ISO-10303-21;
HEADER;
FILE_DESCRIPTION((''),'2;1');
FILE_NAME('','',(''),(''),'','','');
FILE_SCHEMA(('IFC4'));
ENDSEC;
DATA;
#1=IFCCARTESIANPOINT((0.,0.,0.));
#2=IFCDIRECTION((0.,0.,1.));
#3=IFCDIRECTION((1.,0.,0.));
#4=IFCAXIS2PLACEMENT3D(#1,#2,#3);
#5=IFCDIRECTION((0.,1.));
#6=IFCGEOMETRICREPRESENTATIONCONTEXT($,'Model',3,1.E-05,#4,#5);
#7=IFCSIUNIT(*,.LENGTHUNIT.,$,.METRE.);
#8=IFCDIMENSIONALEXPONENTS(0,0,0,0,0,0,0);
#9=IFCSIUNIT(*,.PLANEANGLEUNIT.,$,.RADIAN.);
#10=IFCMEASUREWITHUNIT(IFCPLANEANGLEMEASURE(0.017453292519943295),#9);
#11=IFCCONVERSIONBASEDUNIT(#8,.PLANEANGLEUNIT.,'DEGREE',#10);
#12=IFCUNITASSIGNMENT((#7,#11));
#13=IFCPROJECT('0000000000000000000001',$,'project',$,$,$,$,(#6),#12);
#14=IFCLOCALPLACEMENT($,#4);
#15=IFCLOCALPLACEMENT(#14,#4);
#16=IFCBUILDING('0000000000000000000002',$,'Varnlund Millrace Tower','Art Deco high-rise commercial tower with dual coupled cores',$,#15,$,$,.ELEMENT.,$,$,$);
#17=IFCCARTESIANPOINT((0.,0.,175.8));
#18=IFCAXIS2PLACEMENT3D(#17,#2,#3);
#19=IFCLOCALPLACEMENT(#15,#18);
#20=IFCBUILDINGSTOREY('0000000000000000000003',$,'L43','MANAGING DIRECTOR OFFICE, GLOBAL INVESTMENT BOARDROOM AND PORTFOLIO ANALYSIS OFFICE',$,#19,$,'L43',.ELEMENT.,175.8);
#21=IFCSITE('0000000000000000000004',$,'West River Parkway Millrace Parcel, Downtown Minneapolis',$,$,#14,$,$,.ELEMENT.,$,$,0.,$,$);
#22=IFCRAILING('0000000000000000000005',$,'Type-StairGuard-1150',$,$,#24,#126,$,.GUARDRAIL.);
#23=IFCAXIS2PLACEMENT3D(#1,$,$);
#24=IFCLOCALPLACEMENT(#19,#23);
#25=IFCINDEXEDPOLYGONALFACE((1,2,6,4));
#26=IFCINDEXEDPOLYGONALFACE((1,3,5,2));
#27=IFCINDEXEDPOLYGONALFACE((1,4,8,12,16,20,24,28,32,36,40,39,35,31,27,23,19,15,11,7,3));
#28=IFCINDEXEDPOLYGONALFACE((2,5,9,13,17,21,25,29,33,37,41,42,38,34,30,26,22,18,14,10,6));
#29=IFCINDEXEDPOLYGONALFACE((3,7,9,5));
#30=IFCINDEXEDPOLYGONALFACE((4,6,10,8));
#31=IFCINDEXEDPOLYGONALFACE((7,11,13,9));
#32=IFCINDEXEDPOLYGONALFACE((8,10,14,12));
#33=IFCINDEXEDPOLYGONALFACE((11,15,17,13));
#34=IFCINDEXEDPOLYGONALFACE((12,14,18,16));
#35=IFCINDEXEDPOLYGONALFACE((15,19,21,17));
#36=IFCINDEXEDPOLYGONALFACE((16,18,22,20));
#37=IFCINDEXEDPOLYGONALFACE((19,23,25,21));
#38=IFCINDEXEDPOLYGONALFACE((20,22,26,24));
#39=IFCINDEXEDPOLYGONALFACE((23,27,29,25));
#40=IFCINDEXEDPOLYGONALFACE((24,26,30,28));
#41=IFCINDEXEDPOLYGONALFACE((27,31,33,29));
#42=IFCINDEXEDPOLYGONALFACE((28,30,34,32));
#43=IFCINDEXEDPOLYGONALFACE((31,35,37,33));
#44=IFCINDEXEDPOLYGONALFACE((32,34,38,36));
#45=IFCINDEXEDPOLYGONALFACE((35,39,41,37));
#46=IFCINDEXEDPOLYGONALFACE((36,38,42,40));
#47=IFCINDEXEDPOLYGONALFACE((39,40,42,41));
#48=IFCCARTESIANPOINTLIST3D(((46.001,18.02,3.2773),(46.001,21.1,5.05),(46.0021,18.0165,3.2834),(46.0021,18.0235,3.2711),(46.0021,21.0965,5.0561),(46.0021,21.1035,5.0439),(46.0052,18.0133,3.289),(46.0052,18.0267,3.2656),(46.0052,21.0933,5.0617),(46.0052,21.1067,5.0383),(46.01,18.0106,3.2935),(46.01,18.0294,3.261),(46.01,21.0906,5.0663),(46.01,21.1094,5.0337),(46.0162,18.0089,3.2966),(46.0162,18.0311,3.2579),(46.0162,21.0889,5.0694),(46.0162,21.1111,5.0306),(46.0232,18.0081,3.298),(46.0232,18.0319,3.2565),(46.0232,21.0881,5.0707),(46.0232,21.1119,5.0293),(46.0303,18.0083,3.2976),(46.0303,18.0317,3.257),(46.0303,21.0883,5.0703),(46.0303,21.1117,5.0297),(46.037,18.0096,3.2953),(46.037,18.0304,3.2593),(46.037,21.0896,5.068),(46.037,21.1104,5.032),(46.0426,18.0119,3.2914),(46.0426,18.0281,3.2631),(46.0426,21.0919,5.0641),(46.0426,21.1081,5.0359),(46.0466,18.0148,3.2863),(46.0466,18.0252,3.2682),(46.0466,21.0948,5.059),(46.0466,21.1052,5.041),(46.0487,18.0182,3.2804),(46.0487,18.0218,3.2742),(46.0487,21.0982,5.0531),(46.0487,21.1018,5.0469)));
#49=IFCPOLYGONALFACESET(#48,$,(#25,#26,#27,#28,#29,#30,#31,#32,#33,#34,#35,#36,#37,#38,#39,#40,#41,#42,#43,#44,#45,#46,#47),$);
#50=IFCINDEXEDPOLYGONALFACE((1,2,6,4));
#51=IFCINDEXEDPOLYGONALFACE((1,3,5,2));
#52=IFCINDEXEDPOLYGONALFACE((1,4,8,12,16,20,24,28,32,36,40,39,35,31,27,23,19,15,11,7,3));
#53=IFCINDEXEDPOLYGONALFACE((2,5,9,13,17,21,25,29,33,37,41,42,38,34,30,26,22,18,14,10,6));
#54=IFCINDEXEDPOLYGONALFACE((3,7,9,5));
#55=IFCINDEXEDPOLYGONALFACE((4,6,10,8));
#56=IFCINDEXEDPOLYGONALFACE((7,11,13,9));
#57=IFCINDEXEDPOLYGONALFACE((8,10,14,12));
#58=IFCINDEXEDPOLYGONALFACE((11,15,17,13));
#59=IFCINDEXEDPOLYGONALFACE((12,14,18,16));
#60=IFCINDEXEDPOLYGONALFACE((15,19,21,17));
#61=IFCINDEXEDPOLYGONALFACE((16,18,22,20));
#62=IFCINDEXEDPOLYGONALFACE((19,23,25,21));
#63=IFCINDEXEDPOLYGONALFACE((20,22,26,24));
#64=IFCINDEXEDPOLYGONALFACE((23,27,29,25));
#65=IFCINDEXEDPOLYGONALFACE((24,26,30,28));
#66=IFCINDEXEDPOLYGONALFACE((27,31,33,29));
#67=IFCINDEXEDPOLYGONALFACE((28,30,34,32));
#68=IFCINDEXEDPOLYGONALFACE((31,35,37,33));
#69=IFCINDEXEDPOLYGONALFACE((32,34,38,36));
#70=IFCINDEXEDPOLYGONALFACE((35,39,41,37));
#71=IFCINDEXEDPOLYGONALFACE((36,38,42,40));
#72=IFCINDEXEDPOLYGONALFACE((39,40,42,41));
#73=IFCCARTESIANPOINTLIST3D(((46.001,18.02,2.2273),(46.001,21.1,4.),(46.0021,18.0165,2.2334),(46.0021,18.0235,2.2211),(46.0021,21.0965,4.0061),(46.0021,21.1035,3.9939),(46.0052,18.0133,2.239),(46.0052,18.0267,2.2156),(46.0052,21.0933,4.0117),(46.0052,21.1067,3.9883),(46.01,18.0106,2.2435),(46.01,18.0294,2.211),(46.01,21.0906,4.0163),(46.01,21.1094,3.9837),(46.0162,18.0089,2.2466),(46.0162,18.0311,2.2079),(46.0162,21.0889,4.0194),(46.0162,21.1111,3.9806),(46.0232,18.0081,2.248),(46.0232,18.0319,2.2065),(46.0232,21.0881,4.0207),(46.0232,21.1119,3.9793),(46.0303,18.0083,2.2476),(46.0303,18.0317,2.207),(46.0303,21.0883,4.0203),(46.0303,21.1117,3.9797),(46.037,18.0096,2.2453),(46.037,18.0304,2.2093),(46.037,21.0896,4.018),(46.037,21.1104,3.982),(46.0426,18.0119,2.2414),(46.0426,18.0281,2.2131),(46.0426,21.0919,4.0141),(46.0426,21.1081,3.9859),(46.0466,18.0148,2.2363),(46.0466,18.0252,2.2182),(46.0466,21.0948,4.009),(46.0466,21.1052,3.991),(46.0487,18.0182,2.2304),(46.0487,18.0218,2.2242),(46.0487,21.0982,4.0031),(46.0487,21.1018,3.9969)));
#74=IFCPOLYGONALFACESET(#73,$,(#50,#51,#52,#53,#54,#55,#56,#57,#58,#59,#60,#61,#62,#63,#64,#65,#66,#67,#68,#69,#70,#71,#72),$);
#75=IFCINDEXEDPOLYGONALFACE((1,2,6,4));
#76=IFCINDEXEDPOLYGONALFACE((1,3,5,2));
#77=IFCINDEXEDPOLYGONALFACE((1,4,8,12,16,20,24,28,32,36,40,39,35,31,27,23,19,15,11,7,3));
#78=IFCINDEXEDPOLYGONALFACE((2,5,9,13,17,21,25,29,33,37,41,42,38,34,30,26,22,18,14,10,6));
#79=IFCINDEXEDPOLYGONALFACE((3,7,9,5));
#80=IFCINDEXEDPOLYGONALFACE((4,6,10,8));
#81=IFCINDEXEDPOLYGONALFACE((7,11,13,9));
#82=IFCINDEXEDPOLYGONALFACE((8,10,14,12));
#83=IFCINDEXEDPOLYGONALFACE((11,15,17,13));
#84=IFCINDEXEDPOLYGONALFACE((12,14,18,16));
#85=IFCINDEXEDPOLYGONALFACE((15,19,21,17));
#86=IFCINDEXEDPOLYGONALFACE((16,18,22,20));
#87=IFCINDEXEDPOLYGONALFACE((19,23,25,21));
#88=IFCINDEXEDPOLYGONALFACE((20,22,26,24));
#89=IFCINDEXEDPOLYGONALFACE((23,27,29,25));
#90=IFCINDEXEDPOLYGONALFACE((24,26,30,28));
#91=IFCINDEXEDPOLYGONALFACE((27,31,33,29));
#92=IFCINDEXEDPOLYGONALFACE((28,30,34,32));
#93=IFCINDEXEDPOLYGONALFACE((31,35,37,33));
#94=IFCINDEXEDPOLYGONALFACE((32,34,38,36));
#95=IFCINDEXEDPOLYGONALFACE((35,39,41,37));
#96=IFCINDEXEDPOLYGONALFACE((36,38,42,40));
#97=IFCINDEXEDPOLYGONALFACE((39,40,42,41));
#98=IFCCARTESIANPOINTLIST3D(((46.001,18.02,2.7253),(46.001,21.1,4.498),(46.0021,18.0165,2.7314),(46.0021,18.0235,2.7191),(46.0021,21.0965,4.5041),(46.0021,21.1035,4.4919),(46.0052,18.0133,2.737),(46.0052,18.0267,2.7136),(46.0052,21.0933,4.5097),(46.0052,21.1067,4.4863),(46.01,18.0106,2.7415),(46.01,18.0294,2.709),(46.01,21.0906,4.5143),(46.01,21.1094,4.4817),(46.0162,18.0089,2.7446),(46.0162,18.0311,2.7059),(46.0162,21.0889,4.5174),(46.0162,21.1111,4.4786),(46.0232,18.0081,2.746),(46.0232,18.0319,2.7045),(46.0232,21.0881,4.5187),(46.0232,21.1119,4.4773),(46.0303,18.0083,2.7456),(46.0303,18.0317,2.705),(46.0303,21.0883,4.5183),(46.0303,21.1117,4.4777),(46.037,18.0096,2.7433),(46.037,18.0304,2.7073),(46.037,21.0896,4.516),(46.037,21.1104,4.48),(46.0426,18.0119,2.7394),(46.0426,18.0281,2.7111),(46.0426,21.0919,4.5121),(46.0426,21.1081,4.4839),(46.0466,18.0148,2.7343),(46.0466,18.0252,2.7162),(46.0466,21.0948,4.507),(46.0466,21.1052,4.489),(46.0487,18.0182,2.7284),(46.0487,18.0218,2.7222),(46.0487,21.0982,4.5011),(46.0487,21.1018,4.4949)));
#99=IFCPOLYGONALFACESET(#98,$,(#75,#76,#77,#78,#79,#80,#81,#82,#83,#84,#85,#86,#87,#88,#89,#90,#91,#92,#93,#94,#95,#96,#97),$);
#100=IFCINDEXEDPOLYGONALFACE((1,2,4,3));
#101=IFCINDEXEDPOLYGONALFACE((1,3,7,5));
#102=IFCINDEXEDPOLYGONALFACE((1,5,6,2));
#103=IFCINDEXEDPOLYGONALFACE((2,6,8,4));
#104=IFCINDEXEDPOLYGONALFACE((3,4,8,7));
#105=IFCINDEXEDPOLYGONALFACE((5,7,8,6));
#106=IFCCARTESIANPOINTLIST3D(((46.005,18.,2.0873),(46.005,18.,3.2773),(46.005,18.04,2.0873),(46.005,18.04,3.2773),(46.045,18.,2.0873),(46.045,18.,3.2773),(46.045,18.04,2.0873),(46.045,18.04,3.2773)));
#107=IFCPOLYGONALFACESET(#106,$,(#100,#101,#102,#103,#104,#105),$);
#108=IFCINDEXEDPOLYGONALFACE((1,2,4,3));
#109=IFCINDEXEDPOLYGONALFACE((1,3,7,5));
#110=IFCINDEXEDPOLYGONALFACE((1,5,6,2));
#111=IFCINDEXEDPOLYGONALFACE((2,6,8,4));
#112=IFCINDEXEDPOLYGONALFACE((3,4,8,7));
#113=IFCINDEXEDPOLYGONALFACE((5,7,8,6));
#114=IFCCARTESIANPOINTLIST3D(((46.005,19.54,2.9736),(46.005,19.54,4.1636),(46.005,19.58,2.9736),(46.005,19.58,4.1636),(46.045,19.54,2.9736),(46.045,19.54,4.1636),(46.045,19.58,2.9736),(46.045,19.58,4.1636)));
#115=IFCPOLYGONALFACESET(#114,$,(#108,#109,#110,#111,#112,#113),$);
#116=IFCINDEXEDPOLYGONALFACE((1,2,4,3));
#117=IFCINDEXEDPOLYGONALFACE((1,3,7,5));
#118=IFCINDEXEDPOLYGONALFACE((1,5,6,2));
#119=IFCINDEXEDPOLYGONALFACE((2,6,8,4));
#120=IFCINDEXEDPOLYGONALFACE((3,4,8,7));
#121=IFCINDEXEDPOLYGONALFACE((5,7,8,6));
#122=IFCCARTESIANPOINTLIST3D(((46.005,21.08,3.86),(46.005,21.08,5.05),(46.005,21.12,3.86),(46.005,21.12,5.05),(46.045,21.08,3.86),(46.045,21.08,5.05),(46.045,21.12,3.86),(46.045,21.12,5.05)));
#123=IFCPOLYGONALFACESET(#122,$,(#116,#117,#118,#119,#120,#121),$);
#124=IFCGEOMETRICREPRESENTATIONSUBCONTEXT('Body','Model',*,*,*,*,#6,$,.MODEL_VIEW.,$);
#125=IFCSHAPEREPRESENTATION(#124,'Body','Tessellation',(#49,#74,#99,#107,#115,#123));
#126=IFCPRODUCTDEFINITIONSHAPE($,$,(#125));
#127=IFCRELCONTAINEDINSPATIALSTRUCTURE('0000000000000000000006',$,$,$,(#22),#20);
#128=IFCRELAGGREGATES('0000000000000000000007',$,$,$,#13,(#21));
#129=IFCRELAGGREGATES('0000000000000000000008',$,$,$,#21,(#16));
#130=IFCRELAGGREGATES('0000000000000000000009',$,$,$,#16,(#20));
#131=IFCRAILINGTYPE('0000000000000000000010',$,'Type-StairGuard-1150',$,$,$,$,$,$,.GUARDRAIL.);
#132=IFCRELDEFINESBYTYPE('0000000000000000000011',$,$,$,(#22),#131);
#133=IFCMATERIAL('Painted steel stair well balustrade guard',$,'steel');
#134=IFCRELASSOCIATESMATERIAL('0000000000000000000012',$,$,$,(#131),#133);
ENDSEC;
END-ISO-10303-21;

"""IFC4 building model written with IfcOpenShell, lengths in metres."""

from ifc_helpers import new_model, entity, si_unit, converted_unit, direction, frame, origin_with_axes, origin_2d_with_axis, place, context, subcontext, project, spatial, rectangle, circle, extrude, material, type_object, element, save


model = new_model("IFC4")

# Units and contexts
model_context = context("Model", 3, precision=1e-05, world=origin_with_axes(), true_north=direction((0.0, 1.0)))
body_context = subcontext(model_context, "Body", "Model", "MODEL_VIEW")
ifc_project = project(units=[si_unit("LENGTHUNIT", "METRE"), converted_unit("PLANEANGLEUNIT", "DEGREE", entity("IfcPlaneAngleMeasure", 0.017453292519943295), si_unit("PLANEANGLEUNIT", "RADIAN"), dimensions=[0, 0, 0, 0, 0, 0, 0])], contexts=[model_context])

# Site, building, storey
site_placement = place(None, origin_with_axes())
site = spatial("IfcSite", under=ifc_project, at=site_placement, Name="West River Parkway Millrace Parcel, Downtown Minneapolis", CompositionType="ELEMENT", RefElevation=0.0)
building_placement = place(site_placement, origin_with_axes())
building = spatial("IfcBuilding", under=site, at=building_placement, Name="Varnlund Millrace Tower", Description="Art Deco high-rise commercial tower with dual coupled cores", CompositionType="ELEMENT")
storey_placement = place(building_placement, frame((0.0, 0.0, 175.8), z_axis=(0.0, 0.0, 1.0), x_axis=(1.0, 0.0, 0.0)))
storey = spatial("IfcBuildingStorey", under=building, at=storey_placement, Name="L43", Description="MANAGING DIRECTOR OFFICE, GLOBAL INVESTMENT BOARDROOM AND PORTFOLIO ANALYSIS OFFICE", LongName="L43", CompositionType="ELEMENT", Elevation=175.8)

# Railing
ifc_material_1 = material(Name="Painted steel stair well balustrade guard", Category="steel")
railing_type_1 = type_object("IfcRailingType", Name="Type-StairGuard-1150", PredefinedType="GUARDRAIL", material=ifc_material_1)
railing_1_placement = place(storey_placement, frame((0.0, 0.0, -175.8), z_axis=(0.0, 0.0, 1.0), x_axis=(1.0, 0.0, 0.0)))
element("IfcRailing", 1, at=railing_1_placement, inside=storey, type_object=railing_type_1, Name="Type-StairGuard-1150", PredefinedType="GUARDRAIL", context=body_context, shape_type="SweptSolid", body=[
    extrude(circle(Radius=0.024, at=origin_2d_with_axis()), frame((46.025, 18.02, 179.0773), z_axis=(0.0, 0.866696, 0.498836), x_axis=(-1.0, 0.0, 0.0)), (0.0, 0.0, 1.0), 3.5537),
    extrude(circle(Radius=0.024, at=origin_2d_with_axis()), frame((46.025, 18.02, 178.0273), z_axis=(0.0, 0.866696, 0.498836), x_axis=(-1.0, 0.0, 0.0)), (0.0, 0.0, 1.0), 3.5537),
    extrude(circle(Radius=0.024, at=origin_2d_with_axis()), frame((46.025, 18.02, 178.5253), z_axis=(0.0, 0.866696, 0.498836), x_axis=(-1.0, 0.0, 0.0)), (0.0, 0.0, 1.0), 3.5537),
    extrude(rectangle(XDim=0.04, YDim=0.04, at=origin_2d_with_axis()), frame((46.025, 18.02, 177.8873), z_axis=(0.0, 0.0, 1.0), x_axis=(1.0, 0.0, 0.0)), (0.0, 0.0, 1.0), 1.19),
    extrude(rectangle(XDim=0.04, YDim=0.04, at=origin_2d_with_axis()), frame((46.025, 19.56, 178.7736), z_axis=(0.0, 0.0, 1.0), x_axis=(1.0, 0.0, 0.0)), (0.0, 0.0, 1.0), 1.19),
    extrude(rectangle(XDim=0.04, YDim=0.04, at=origin_2d_with_axis()), frame((46.025, 21.1, 179.66), z_axis=(0.0, 0.0, 1.0), x_axis=(1.0, 0.0, 0.0)), (0.0, 0.0, 1.0), 1.19),
])

save(model, "model.ifc")
